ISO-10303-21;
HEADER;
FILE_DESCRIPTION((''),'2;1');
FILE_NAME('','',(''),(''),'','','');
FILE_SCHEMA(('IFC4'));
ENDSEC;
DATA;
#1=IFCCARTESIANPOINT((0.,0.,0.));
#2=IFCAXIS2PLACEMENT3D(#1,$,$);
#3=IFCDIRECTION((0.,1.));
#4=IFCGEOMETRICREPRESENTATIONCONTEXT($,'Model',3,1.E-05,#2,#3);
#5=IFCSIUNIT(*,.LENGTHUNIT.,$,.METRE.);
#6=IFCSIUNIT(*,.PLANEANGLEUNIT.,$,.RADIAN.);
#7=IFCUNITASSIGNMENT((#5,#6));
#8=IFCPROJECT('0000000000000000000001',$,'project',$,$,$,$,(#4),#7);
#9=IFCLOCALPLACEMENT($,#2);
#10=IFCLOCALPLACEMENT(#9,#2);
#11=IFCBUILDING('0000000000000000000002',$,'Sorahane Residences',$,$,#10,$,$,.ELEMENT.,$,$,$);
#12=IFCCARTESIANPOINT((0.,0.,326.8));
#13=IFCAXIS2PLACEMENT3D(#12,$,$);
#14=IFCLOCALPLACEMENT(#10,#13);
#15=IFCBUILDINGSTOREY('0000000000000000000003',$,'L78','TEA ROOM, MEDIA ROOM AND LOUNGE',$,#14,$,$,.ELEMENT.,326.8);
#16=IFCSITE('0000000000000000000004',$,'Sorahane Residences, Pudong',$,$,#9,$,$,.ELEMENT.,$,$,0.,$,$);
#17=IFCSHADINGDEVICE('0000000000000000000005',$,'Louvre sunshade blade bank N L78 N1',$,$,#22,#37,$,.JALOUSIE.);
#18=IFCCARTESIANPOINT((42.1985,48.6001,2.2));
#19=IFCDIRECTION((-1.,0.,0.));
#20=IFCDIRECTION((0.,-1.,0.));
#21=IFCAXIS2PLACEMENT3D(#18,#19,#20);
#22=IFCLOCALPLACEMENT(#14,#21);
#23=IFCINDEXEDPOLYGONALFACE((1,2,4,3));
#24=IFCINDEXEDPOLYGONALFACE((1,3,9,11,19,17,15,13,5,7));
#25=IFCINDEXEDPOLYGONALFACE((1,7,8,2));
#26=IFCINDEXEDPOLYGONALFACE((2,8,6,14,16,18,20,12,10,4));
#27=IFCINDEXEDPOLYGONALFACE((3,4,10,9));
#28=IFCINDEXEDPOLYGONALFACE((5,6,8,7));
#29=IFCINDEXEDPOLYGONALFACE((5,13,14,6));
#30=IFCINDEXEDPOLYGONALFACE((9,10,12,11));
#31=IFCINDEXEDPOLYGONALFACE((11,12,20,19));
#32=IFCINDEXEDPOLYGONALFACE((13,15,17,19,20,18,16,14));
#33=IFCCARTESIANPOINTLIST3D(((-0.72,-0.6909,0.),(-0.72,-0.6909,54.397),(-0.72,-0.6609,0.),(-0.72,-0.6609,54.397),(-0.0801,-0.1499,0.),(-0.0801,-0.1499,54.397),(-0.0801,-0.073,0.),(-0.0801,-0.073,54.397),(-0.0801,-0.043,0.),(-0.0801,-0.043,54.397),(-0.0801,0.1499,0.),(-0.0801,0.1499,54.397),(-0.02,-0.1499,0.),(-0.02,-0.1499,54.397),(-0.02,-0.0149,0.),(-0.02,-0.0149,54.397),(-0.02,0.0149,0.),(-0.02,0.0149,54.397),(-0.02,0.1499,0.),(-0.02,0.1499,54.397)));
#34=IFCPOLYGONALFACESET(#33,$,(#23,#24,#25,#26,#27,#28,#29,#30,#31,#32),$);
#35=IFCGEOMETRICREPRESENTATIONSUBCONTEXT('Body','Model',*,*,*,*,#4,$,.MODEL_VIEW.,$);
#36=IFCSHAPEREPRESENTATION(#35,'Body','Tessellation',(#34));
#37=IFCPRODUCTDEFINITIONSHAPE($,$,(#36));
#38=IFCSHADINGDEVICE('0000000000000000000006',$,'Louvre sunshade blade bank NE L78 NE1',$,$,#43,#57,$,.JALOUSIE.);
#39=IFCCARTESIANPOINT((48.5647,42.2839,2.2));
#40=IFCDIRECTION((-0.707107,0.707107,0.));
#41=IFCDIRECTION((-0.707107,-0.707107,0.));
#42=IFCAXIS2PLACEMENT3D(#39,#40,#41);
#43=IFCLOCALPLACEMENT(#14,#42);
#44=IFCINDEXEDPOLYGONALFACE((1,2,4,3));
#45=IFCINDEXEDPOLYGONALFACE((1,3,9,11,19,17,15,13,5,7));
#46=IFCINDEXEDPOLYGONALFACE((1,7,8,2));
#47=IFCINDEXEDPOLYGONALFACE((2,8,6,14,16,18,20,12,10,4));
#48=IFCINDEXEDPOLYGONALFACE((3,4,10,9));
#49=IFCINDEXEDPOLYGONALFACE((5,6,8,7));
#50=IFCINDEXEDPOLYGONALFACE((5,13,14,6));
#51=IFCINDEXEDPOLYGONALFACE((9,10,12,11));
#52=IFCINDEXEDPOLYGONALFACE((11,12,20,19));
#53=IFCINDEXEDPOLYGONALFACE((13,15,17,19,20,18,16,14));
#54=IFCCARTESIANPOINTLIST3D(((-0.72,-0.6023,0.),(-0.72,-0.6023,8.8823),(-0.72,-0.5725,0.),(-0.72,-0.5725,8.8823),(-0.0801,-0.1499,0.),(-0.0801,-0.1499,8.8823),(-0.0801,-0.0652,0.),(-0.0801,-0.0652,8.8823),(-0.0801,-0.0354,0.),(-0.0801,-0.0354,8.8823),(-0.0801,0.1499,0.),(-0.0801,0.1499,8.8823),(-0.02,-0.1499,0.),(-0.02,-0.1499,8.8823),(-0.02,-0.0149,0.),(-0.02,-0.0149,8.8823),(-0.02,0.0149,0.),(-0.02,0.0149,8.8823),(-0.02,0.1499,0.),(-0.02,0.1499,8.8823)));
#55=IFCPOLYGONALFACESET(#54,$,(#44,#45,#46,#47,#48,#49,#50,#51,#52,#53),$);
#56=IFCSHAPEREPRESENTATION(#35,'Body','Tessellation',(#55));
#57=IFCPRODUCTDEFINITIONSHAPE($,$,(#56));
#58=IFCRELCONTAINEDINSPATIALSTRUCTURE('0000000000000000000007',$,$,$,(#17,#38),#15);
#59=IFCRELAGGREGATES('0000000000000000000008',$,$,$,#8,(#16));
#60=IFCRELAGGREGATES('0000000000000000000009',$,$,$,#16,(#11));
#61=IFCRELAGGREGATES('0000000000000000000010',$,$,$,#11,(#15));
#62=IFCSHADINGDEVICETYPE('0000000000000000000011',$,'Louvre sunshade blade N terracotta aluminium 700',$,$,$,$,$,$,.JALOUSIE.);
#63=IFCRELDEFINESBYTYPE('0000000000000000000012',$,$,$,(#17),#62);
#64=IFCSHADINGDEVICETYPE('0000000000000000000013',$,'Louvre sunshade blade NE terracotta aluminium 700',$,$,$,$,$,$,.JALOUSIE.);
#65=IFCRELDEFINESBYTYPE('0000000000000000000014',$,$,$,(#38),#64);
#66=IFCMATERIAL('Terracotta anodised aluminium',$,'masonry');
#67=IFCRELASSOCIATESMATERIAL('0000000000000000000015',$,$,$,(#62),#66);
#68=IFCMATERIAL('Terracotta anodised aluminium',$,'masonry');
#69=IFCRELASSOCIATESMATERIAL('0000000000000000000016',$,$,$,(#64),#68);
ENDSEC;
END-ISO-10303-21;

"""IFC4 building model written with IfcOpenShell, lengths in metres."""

from ifc_helpers import new_model, si_unit, direction, frame, origin, place, context, subcontext, project, spatial, polyline, outline, extrude, material, type_object, element, save


model = new_model("IFC4")

# Units and contexts
model_context = context("Model", 3, precision=1e-05, world=origin(), true_north=direction((0.0, 1.0)))
body_context = subcontext(model_context, "Body", "Model", "MODEL_VIEW")
ifc_project = project(units=[si_unit("LENGTHUNIT", "METRE"), si_unit("PLANEANGLEUNIT", "RADIAN")], contexts=[model_context])

# Site, building, storey
site_placement = place(None, origin())
site = spatial("IfcSite", under=ifc_project, at=site_placement, Name="Sorahane Residences, Pudong", CompositionType="ELEMENT", RefElevation=0.0)
building_placement = place(site_placement, origin())
building = spatial("IfcBuilding", under=site, at=building_placement, Name="Sorahane Residences", CompositionType="ELEMENT")
storey_placement = place(building_placement, frame((0.0, 0.0, 326.8)))
storey = spatial("IfcBuildingStorey", under=building, at=storey_placement, Name="L78", Description="TEA ROOM, MEDIA ROOM AND LOUNGE", CompositionType="ELEMENT", Elevation=326.8)

# Shading devices
ifc_material_1 = material(Name="Terracotta anodised aluminium", Category="masonry")
shading_device_type_1 = type_object("IfcShadingDeviceType", Name="Louvre sunshade blade N terracotta aluminium 700", PredefinedType="JALOUSIE", material=ifc_material_1)
shading_device_1_placement = place(storey_placement, frame((42.1985, 48.6001, 2.2), z_axis=(-1.0, 0.0, 0.0), x_axis=(0.0, -1.0, 0.0)))
element("IfcShadingDevice", 1, at=shading_device_1_placement, inside=storey, type_object=shading_device_type_1, Name="Louvre sunshade blade bank N L78 N1", PredefinedType="JALOUSIE", context=body_context, shape_type="SweptSolid", body=[
    extrude(outline(polyline([(-0.72, -0.6609), (-0.72, -0.6909), (-0.0801, -0.073), (-0.0801, -0.1499), (-0.02, -0.1499), (-0.02, -0.0149), (-0.02, 0.0149), (-0.02, 0.1499), (-0.0801, 0.1499), (-0.0801, -0.043), (-0.72, -0.6609)])), origin(), (0.0, 0.0, 1.0), 54.397),
])
ifc_material_2 = material(Name="Terracotta anodised aluminium", Category="masonry")
shading_device_type_2 = type_object("IfcShadingDeviceType", Name="Louvre sunshade blade NE terracotta aluminium 700", PredefinedType="JALOUSIE", material=ifc_material_2)
shading_device_2_placement = place(storey_placement, frame((48.5647, 42.2839, 2.2), z_axis=(-0.707107, 0.707107, 0.0), x_axis=(-0.707107, -0.707107, 0.0)))
element("IfcShadingDevice", 2, at=shading_device_2_placement, inside=storey, type_object=shading_device_type_2, Name="Louvre sunshade blade bank NE L78 NE1", PredefinedType="JALOUSIE", context=body_context, shape_type="SweptSolid", body=[
    extrude(outline(polyline([(-0.72, -0.5725), (-0.72, -0.6023), (-0.0801, -0.0652), (-0.0801, -0.1499), (-0.02, -0.1499), (-0.02, -0.0149), (-0.02, 0.0149), (-0.02, 0.1499), (-0.0801, 0.1499), (-0.0801, -0.0354), (-0.72, -0.5725)])), origin(), (0.0, 0.0, 1.0), 8.8823),
])

save(model, "model.ifc")
